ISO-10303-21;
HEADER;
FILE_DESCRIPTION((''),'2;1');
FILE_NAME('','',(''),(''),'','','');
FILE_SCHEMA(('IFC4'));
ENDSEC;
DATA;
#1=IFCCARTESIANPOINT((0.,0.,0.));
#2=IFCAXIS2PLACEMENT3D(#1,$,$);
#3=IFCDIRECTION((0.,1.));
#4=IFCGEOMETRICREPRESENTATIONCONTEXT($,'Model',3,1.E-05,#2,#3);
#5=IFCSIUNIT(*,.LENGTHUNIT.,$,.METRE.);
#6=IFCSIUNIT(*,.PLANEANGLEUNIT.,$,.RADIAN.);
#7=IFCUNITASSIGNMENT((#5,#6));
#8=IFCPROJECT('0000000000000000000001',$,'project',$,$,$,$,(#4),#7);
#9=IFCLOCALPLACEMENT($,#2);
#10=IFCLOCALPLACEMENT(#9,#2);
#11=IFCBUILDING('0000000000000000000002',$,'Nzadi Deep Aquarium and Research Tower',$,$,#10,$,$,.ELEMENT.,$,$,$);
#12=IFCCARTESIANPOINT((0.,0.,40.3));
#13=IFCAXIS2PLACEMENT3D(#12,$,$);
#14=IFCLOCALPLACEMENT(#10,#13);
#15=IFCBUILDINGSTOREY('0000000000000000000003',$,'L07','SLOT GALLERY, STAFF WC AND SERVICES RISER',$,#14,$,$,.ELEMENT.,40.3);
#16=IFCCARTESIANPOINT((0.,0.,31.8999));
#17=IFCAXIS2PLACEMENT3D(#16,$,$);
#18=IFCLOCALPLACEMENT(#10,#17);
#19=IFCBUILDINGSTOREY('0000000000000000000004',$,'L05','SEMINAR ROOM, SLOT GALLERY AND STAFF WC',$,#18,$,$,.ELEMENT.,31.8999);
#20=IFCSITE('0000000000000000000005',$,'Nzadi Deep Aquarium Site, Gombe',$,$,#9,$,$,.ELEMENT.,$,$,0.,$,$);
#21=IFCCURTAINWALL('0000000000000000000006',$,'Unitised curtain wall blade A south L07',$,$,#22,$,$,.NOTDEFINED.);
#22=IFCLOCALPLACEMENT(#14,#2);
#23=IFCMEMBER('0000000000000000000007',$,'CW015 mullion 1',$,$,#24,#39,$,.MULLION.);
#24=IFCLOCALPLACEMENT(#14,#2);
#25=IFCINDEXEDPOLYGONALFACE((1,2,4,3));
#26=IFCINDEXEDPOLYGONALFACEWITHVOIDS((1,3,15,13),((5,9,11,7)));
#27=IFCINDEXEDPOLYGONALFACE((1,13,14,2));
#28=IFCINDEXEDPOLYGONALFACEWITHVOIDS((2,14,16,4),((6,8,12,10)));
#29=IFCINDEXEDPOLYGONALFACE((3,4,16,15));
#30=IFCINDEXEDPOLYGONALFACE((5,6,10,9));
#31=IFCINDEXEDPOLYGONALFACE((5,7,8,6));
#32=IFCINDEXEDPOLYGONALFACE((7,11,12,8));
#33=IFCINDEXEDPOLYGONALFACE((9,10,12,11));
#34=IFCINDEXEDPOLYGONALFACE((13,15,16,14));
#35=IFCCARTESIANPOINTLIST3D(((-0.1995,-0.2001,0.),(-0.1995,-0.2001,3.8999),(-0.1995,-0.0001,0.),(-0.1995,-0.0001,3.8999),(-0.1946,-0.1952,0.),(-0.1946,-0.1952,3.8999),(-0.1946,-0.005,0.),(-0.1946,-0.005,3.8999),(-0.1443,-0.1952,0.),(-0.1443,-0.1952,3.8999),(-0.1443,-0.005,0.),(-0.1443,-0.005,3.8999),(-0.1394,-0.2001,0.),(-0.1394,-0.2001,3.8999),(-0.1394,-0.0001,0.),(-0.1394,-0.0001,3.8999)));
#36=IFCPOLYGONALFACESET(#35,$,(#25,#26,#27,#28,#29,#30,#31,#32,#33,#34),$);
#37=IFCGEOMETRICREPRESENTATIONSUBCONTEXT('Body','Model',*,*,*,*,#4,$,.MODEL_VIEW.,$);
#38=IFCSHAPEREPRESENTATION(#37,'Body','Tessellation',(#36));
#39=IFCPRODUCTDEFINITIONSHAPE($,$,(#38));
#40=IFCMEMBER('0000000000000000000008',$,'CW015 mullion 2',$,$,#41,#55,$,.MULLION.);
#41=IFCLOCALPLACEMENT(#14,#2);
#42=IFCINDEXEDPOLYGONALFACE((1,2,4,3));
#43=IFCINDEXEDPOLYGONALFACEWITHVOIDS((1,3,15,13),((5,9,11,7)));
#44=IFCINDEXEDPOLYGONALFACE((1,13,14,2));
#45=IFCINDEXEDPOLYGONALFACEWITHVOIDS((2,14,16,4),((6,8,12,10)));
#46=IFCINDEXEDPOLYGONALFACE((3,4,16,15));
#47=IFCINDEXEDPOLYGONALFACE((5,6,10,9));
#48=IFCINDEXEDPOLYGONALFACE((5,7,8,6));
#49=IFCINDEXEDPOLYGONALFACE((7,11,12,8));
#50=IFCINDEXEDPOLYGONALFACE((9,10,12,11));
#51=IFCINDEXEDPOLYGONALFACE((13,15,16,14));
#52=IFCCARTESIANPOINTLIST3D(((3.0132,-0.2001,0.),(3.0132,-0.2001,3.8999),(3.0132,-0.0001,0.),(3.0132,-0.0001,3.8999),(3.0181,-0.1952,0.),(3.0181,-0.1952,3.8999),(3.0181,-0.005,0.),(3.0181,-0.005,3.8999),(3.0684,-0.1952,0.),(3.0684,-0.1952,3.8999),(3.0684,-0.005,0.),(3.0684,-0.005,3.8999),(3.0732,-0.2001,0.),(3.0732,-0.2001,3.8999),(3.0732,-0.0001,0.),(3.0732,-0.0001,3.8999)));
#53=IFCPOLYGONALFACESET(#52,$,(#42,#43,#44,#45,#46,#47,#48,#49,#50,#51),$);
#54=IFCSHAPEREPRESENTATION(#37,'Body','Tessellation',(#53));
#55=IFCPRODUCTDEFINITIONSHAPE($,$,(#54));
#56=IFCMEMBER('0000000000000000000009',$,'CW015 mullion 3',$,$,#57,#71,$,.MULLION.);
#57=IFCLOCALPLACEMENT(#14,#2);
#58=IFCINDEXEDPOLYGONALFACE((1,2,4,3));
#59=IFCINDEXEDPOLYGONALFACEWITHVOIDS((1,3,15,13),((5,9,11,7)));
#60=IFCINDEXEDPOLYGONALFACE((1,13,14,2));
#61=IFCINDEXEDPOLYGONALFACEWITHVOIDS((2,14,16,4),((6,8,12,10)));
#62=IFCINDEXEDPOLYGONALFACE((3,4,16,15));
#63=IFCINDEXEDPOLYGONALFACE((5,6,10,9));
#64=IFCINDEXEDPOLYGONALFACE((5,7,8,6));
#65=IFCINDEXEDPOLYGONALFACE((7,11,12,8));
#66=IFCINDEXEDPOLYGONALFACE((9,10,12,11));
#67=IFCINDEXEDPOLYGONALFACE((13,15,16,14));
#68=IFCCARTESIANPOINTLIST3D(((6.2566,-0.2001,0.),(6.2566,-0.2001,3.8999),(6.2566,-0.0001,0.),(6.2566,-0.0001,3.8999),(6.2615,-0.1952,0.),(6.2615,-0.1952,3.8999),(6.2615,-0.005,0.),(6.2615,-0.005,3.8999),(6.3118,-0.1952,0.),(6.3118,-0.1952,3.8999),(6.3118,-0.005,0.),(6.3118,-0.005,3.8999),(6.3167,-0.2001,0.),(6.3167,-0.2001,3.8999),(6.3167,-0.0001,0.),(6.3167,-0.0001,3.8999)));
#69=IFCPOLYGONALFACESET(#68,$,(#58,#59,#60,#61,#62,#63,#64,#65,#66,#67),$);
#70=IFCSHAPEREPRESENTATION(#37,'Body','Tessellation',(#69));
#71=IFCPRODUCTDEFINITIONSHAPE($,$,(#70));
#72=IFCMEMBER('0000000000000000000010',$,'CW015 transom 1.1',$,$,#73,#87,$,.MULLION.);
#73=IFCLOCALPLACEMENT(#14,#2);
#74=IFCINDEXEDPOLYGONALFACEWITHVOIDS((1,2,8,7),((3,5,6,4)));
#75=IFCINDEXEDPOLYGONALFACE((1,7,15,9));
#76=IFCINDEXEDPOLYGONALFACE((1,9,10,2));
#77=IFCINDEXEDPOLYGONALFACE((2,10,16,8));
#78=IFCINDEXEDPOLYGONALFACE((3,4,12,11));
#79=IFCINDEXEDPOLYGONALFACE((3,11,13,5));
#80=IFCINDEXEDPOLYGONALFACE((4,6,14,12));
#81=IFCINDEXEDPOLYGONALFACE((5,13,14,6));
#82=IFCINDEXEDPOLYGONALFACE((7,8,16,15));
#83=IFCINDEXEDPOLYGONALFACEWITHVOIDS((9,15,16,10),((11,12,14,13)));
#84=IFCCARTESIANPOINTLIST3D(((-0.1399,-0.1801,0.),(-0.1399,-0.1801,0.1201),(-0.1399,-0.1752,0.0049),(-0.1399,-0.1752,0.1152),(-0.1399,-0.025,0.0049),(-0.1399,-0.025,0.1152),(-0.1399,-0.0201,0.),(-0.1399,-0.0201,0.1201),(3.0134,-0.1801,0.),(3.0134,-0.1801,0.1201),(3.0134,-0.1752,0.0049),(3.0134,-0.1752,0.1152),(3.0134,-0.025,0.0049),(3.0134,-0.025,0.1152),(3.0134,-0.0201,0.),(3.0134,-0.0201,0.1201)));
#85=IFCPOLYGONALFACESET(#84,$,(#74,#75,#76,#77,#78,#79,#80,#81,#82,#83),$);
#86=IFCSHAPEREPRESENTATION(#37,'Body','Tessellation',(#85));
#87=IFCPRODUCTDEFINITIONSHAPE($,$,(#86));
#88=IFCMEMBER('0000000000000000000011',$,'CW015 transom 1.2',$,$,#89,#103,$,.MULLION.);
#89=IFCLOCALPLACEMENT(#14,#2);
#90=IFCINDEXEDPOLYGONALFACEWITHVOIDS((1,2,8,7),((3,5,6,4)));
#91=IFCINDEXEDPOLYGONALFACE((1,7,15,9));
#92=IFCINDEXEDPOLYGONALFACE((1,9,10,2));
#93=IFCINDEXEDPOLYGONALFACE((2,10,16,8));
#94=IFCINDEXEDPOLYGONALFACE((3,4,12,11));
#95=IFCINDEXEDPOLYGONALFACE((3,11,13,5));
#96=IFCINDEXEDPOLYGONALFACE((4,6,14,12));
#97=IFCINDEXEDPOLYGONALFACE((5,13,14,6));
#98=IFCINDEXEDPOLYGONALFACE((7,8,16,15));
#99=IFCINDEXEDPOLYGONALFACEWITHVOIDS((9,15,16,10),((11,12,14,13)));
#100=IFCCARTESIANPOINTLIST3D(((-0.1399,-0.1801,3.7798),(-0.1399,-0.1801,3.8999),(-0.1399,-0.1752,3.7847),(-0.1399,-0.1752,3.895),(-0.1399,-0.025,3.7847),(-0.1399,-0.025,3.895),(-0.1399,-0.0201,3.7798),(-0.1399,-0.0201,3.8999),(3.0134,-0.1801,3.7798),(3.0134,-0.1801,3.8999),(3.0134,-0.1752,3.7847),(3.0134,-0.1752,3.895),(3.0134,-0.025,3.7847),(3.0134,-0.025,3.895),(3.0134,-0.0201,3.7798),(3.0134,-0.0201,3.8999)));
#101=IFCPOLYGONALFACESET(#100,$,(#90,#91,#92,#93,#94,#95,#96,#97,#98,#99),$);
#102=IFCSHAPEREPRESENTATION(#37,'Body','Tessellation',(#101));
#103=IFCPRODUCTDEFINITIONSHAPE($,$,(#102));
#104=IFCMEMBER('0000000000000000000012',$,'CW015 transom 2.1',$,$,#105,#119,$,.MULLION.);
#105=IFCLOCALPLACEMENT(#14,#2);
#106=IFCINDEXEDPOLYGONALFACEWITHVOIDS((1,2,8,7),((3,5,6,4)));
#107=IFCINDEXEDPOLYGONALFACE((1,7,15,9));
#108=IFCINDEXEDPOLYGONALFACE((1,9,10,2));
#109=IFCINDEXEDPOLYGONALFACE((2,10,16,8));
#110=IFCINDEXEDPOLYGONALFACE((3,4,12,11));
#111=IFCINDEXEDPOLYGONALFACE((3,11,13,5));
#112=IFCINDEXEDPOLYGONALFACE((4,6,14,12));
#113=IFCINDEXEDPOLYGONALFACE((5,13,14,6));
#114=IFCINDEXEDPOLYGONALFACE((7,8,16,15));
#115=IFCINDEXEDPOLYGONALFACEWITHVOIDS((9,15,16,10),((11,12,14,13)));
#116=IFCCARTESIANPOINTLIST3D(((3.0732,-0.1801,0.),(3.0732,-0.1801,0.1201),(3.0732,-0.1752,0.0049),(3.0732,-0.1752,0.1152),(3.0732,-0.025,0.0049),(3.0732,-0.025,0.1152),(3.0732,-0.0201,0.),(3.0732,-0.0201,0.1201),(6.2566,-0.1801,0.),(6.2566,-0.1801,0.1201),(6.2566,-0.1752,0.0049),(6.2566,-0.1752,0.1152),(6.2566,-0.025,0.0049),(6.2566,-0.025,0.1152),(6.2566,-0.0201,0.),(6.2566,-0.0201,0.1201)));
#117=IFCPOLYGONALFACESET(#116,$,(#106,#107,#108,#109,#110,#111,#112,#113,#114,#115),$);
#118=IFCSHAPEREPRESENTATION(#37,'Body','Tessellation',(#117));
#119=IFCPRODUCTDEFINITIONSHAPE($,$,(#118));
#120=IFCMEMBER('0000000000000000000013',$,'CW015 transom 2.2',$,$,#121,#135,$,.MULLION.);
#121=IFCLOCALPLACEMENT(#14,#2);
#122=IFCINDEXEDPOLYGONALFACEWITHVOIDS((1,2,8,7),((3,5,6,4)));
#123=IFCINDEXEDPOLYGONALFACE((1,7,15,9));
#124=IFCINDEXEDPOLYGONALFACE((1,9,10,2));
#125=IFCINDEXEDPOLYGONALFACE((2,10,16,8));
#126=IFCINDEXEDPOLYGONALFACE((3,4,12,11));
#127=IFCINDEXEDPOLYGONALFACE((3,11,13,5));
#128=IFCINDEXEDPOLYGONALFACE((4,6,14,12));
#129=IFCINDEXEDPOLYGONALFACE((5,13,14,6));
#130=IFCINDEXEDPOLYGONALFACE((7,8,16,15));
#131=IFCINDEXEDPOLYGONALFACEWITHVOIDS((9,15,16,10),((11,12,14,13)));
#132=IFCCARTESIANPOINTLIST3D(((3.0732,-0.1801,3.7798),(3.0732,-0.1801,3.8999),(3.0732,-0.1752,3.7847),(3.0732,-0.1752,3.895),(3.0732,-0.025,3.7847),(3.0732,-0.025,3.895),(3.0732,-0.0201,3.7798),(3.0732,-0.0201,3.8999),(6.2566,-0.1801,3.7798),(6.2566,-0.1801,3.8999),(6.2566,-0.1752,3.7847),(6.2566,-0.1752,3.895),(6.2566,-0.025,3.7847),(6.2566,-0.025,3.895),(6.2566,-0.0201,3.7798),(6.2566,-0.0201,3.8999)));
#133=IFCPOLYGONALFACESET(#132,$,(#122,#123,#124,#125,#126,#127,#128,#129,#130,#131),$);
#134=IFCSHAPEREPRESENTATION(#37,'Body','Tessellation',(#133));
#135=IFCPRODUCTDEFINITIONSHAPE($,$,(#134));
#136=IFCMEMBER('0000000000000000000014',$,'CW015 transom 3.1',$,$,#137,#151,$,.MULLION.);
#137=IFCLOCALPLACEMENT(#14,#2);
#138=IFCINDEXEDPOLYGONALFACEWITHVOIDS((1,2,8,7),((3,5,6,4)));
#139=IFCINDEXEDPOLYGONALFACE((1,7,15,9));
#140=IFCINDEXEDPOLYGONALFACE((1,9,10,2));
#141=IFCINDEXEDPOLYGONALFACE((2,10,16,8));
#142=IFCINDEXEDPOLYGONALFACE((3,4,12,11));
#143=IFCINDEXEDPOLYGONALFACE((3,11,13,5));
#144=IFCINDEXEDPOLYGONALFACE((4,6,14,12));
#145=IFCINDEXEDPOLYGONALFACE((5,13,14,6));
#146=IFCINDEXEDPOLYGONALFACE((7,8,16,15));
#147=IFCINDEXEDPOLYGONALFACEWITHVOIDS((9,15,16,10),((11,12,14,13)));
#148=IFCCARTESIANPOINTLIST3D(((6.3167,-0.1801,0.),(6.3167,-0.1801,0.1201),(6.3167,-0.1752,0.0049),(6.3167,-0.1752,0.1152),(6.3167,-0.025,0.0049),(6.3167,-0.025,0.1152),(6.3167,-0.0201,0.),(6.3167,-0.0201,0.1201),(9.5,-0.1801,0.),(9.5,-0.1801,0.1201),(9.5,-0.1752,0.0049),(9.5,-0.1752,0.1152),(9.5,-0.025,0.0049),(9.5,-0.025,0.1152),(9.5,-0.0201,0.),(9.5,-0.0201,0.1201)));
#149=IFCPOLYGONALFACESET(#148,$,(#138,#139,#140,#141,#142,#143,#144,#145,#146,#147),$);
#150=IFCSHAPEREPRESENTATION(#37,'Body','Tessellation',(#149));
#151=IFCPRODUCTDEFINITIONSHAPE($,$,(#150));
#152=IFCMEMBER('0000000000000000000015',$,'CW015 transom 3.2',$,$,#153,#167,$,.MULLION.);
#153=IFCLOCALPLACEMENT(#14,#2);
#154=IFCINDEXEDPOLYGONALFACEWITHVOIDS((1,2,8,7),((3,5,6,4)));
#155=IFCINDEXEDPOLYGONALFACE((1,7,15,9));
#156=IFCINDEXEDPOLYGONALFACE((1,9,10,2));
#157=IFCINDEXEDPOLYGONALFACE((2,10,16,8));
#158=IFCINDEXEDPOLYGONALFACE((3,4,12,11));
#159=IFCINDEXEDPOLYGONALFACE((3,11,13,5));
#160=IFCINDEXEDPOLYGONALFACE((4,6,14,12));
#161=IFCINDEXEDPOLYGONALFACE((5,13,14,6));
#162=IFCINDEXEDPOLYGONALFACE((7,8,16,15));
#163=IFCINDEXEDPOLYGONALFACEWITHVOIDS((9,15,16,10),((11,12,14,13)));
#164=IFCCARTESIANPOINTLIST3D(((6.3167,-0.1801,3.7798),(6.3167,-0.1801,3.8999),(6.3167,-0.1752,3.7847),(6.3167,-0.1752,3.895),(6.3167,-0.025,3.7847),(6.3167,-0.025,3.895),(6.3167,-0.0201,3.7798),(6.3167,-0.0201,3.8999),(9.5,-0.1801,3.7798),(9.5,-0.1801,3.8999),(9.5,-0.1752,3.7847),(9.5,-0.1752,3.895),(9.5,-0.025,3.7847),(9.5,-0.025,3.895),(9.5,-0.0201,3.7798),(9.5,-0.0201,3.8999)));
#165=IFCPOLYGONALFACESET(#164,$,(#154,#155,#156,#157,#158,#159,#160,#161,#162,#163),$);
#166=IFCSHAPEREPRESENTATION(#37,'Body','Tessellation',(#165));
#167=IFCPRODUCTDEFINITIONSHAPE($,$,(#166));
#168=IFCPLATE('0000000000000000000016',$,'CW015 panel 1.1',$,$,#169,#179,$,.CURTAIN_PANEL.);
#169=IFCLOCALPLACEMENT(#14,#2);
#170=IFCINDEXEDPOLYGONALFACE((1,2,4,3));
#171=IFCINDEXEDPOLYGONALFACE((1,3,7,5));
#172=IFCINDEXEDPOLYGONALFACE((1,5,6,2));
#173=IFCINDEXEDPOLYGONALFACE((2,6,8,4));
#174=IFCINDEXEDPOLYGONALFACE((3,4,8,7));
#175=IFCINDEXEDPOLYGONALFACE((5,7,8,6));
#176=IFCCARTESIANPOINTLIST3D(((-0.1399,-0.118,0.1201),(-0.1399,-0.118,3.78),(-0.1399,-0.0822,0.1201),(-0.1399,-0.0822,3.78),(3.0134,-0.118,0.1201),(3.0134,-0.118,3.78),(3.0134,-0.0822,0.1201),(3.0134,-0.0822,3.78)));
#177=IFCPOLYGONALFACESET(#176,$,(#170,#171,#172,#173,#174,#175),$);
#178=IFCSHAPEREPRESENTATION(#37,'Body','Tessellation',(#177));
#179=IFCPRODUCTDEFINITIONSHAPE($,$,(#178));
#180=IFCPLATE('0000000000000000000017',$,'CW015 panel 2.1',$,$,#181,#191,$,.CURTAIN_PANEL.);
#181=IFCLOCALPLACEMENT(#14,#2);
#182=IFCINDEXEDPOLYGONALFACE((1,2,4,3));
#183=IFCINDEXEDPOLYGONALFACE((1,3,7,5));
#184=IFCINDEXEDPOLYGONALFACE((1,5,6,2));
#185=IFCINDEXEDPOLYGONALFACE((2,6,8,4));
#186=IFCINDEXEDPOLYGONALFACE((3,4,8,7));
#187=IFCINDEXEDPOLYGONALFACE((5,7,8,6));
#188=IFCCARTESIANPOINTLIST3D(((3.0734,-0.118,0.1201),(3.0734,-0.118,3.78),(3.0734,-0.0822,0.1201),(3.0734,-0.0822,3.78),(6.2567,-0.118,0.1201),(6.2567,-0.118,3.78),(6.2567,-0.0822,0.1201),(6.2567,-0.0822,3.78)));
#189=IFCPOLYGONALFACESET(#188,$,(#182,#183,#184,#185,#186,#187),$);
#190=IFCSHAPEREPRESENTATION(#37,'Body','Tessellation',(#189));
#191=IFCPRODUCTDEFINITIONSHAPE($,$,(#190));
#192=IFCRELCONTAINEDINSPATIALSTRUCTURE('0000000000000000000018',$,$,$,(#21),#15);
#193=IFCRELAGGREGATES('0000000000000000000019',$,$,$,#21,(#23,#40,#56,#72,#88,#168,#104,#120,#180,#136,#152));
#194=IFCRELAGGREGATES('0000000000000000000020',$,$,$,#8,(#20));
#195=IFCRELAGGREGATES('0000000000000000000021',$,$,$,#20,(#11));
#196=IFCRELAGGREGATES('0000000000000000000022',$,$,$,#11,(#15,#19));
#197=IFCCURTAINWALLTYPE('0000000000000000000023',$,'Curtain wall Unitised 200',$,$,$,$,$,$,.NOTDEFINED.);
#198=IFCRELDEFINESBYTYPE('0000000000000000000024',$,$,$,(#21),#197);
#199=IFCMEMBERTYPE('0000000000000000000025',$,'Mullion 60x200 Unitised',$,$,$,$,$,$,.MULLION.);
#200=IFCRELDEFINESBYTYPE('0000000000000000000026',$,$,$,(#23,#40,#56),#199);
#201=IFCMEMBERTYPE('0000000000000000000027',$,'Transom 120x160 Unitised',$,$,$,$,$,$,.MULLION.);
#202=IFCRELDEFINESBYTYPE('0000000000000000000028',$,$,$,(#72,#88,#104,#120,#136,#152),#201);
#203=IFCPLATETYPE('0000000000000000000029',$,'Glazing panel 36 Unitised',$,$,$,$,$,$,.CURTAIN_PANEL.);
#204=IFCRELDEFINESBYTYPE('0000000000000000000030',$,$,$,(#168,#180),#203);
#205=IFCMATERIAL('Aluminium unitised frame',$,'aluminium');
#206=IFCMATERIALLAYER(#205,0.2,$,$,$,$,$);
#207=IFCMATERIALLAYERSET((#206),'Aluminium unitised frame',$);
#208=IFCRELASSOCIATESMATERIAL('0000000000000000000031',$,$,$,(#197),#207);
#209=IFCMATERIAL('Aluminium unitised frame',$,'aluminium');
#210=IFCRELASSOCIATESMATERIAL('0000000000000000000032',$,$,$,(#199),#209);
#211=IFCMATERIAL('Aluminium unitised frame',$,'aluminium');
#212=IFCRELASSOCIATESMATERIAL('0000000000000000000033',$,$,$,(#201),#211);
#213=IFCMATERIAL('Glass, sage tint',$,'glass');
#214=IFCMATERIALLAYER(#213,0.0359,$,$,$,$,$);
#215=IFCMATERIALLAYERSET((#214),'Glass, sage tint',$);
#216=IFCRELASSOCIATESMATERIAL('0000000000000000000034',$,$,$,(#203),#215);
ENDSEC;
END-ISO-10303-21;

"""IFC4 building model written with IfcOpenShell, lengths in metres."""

from ifc_helpers import new_model, si_unit, direction, frame, origin, origin_2d, place, context, subcontext, project, spatial, rectangle, hollow_rectangle, extrude, material, layer, layer_set, material_profile, profile_set, type_object, element, aggregate, save


model = new_model("IFC4")

# Units and contexts
model_context = context("Model", 3, precision=1e-05, world=origin(), true_north=direction((0.0, 1.0)))
body_context = subcontext(model_context, "Body", "Model", "MODEL_VIEW")
ifc_project = project(units=[si_unit("LENGTHUNIT", "METRE"), si_unit("PLANEANGLEUNIT", "RADIAN")], contexts=[model_context])

# Site, building, storey
site_placement = place(None, origin())
site = spatial("IfcSite", under=ifc_project, at=site_placement, Name="Nzadi Deep Aquarium Site, Gombe", CompositionType="ELEMENT", RefElevation=0.0)
building_placement = place(site_placement, origin())
building = spatial("IfcBuilding", under=site, at=building_placement, Name="Nzadi Deep Aquarium and Research Tower", CompositionType="ELEMENT")
storey_1_placement = place(building_placement, frame((0.0, 0.0, 40.3)))
storey_1 = spatial("IfcBuildingStorey", under=building, at=storey_1_placement, Name="L07", Description="SLOT GALLERY, STAFF WC AND SERVICES RISER", CompositionType="ELEMENT", Elevation=40.3)

# Curtain wall, members, plates
ifc_material_1 = material(Name="Aluminium unitised frame", Category="aluminium")
ifc_layer_1 = layer(ifc_material_1, 0.2)
ifc_layer_set_1 = layer_set([ifc_layer_1], Name="Aluminium unitised frame")
curtain_wall_type = type_object("IfcCurtainWallType", Name="Curtain wall Unitised 200", PredefinedType="NOTDEFINED", material=ifc_layer_set_1)
curtain_wall_placement = place(storey_1_placement, origin())
curtain_wall = element("IfcCurtainWall", 1, at=curtain_wall_placement, inside=storey_1, type_object=curtain_wall_type, Name="Unitised curtain wall blade A south L07", PredefinedType="NOTDEFINED")
ifc_material_2 = material(Name="Aluminium unitised frame", Category="aluminium")
ifc_material_profile_1 = material_profile(ifc_material_2, hollow_rectangle(XDim=0.2, YDim=0.0601, WallThickness=0.0049, at=origin_2d()))
ifc_profile_set_1 = profile_set([ifc_material_profile_1], Name="Aluminium unitised frame")
member_type_1 = type_object("IfcMemberType", Name="Mullion 60x200 Unitised", PredefinedType="MULLION", material=ifc_profile_set_1)
member_1_placement = place(storey_1_placement, frame((-0.1694, -0.1001, 0.0), z_axis=(0.0, 0.0, 1.0), x_axis=(0.0, 1.0, 0.0)))
member_1 = element("IfcMember", 2, at=member_1_placement, type_object=member_type_1, Name="CW015 mullion 1", PredefinedType="MULLION", context=body_context, shape_type="SweptSolid", body=[
    extrude(hollow_rectangle(XDim=0.2, YDim=0.0601, WallThickness=0.0049, at=origin_2d()), origin(), (0.0, 0.0, 1.0), 3.8999),
])
member_2_placement = place(storey_1_placement, frame((3.0432, -0.1001, 0.0), z_axis=(0.0, 0.0, 1.0), x_axis=(0.0, 1.0, 0.0)))
member_2 = element("IfcMember", 3, at=member_2_placement, type_object=member_type_1, Name="CW015 mullion 2", PredefinedType="MULLION", context=body_context, shape_type="SweptSolid", body=[
    extrude(hollow_rectangle(XDim=0.2, YDim=0.0601, WallThickness=0.0049, at=origin_2d()), origin(), (0.0, 0.0, 1.0), 3.8999),
])
member_3_placement = place(storey_1_placement, frame((6.2866, -0.1001, 0.0), z_axis=(0.0, 0.0, 1.0), x_axis=(0.0, 1.0, 0.0)))
member_3 = element("IfcMember", 4, at=member_3_placement, type_object=member_type_1, Name="CW015 mullion 3", PredefinedType="MULLION", context=body_context, shape_type="SweptSolid", body=[
    extrude(hollow_rectangle(XDim=0.2, YDim=0.0601, WallThickness=0.0049, at=origin_2d()), origin(), (0.0, 0.0, 1.0), 3.8999),
])
ifc_material_3 = material(Name="Aluminium unitised frame", Category="aluminium")
ifc_material_profile_2 = material_profile(ifc_material_3, hollow_rectangle(XDim=0.1599, YDim=0.1201, WallThickness=0.0049, at=origin_2d()))
ifc_profile_set_2 = profile_set([ifc_material_profile_2], Name="Aluminium unitised frame")
member_type_2 = type_object("IfcMemberType", Name="Transom 120x160 Unitised", PredefinedType="MULLION", material=ifc_profile_set_2)
member_4_placement = place(storey_1_placement, frame((-0.1399, -0.1001, 0.0601), z_axis=(1.0, 0.0, 0.0), x_axis=(0.0, 1.0, 0.0)))
member_4 = element("IfcMember", 5, at=member_4_placement, type_object=member_type_2, Name="CW015 transom 1.1", PredefinedType="MULLION", context=body_context, shape_type="SweptSolid", body=[
    extrude(hollow_rectangle(XDim=0.1599, YDim=0.1201, WallThickness=0.0049, at=origin_2d()), origin(), (0.0, 0.0, 1.0), 3.1533),
])
member_5_placement = place(storey_1_placement, frame((-0.1399, -0.1001, 3.8398), z_axis=(1.0, 0.0, 0.0), x_axis=(0.0, 1.0, 0.0)))
member_5 = element("IfcMember", 6, at=member_5_placement, type_object=member_type_2, Name="CW015 transom 1.2", PredefinedType="MULLION", context=body_context, shape_type="SweptSolid", body=[
    extrude(hollow_rectangle(XDim=0.1599, YDim=0.1201, WallThickness=0.0049, at=origin_2d()), origin(), (0.0, 0.0, 1.0), 3.1533),
])
member_6_placement = place(storey_1_placement, frame((3.0732, -0.1001, 0.0601), z_axis=(1.0, 0.0, 0.0), x_axis=(0.0, 1.0, 0.0)))
member_6 = element("IfcMember", 7, at=member_6_placement, type_object=member_type_2, Name="CW015 transom 2.1", PredefinedType="MULLION", context=body_context, shape_type="SweptSolid", body=[
    extrude(hollow_rectangle(XDim=0.1599, YDim=0.1201, WallThickness=0.0049, at=origin_2d()), origin(), (0.0, 0.0, 1.0), 3.1833),
])
member_7_placement = place(storey_1_placement, frame((3.0732, -0.1001, 3.8398), z_axis=(1.0, 0.0, 0.0), x_axis=(0.0, 1.0, 0.0)))
member_7 = element("IfcMember", 8, at=member_7_placement, type_object=member_type_2, Name="CW015 transom 2.2", PredefinedType="MULLION", context=body_context, shape_type="SweptSolid", body=[
    extrude(hollow_rectangle(XDim=0.1599, YDim=0.1201, WallThickness=0.0049, at=origin_2d()), origin(), (0.0, 0.0, 1.0), 3.1833),
])
member_8_placement = place(storey_1_placement, frame((6.3167, -0.1001, 0.0601), z_axis=(1.0, 0.0, 0.0), x_axis=(0.0, 1.0, 0.0)))
member_8 = element("IfcMember", 9, at=member_8_placement, type_object=member_type_2, Name="CW015 transom 3.1", PredefinedType="MULLION", context=body_context, shape_type="SweptSolid", body=[
    extrude(hollow_rectangle(XDim=0.1599, YDim=0.1201, WallThickness=0.0049, at=origin_2d()), origin(), (0.0, 0.0, 1.0), 3.1833),
])
member_9_placement = place(storey_1_placement, frame((6.3167, -0.1001, 3.8398), z_axis=(1.0, 0.0, 0.0), x_axis=(0.0, 1.0, 0.0)))
member_9 = element("IfcMember", 10, at=member_9_placement, type_object=member_type_2, Name="CW015 transom 3.2", PredefinedType="MULLION", context=body_context, shape_type="SweptSolid", body=[
    extrude(hollow_rectangle(XDim=0.1599, YDim=0.1201, WallThickness=0.0049, at=origin_2d()), origin(), (0.0, 0.0, 1.0), 3.1833),
])
ifc_material_4 = material(Name="Glass, sage tint", Category="glass")
ifc_layer_2 = layer(ifc_material_4, 0.0359)
ifc_layer_set_2 = layer_set([ifc_layer_2], Name="Glass, sage tint")
plate_type = type_object("IfcPlateType", Name="Glazing panel 36 Unitised", PredefinedType="CURTAIN_PANEL", material=ifc_layer_set_2)
plate_1_placement = place(storey_1_placement, frame((1.4368, -0.1001, 0.1201), z_axis=(0.0, 0.0, 1.0), x_axis=(1.0, 0.0, 0.0)))
plate_1 = element("IfcPlate", 11, at=plate_1_placement, type_object=plate_type, Name="CW015 panel 1.1", PredefinedType="CURTAIN_PANEL", context=body_context, shape_type="SweptSolid", body=[
    extrude(rectangle(XDim=3.1533, YDim=0.0359, at=origin_2d()), origin(), (0.0, 0.0, 1.0), 3.6599),
])
plate_2_placement = place(storey_1_placement, frame((4.665, -0.1001, 0.1201), z_axis=(0.0, 0.0, 1.0), x_axis=(1.0, 0.0, 0.0)))
plate_2 = element("IfcPlate", 12, at=plate_2_placement, type_object=plate_type, Name="CW015 panel 2.1", PredefinedType="CURTAIN_PANEL", context=body_context, shape_type="SweptSolid", body=[
    extrude(rectangle(XDim=3.1833, YDim=0.0359, at=origin_2d()), origin(), (0.0, 0.0, 1.0), 3.6599),
])
aggregate(curtain_wall, [member_1, member_2, member_3, member_4, member_5, plate_1, member_6, member_7, plate_2, member_8, member_9])

# Shared definitions
storey_2_placement = place(building_placement, frame((0.0, 0.0, 31.8999)))
storey_2 = spatial("IfcBuildingStorey", under=building, at=storey_2_placement, Name="L05", Description="SEMINAR ROOM, SLOT GALLERY AND STAFF WC", CompositionType="ELEMENT", Elevation=31.8999)

save(model, "model.ifc")
